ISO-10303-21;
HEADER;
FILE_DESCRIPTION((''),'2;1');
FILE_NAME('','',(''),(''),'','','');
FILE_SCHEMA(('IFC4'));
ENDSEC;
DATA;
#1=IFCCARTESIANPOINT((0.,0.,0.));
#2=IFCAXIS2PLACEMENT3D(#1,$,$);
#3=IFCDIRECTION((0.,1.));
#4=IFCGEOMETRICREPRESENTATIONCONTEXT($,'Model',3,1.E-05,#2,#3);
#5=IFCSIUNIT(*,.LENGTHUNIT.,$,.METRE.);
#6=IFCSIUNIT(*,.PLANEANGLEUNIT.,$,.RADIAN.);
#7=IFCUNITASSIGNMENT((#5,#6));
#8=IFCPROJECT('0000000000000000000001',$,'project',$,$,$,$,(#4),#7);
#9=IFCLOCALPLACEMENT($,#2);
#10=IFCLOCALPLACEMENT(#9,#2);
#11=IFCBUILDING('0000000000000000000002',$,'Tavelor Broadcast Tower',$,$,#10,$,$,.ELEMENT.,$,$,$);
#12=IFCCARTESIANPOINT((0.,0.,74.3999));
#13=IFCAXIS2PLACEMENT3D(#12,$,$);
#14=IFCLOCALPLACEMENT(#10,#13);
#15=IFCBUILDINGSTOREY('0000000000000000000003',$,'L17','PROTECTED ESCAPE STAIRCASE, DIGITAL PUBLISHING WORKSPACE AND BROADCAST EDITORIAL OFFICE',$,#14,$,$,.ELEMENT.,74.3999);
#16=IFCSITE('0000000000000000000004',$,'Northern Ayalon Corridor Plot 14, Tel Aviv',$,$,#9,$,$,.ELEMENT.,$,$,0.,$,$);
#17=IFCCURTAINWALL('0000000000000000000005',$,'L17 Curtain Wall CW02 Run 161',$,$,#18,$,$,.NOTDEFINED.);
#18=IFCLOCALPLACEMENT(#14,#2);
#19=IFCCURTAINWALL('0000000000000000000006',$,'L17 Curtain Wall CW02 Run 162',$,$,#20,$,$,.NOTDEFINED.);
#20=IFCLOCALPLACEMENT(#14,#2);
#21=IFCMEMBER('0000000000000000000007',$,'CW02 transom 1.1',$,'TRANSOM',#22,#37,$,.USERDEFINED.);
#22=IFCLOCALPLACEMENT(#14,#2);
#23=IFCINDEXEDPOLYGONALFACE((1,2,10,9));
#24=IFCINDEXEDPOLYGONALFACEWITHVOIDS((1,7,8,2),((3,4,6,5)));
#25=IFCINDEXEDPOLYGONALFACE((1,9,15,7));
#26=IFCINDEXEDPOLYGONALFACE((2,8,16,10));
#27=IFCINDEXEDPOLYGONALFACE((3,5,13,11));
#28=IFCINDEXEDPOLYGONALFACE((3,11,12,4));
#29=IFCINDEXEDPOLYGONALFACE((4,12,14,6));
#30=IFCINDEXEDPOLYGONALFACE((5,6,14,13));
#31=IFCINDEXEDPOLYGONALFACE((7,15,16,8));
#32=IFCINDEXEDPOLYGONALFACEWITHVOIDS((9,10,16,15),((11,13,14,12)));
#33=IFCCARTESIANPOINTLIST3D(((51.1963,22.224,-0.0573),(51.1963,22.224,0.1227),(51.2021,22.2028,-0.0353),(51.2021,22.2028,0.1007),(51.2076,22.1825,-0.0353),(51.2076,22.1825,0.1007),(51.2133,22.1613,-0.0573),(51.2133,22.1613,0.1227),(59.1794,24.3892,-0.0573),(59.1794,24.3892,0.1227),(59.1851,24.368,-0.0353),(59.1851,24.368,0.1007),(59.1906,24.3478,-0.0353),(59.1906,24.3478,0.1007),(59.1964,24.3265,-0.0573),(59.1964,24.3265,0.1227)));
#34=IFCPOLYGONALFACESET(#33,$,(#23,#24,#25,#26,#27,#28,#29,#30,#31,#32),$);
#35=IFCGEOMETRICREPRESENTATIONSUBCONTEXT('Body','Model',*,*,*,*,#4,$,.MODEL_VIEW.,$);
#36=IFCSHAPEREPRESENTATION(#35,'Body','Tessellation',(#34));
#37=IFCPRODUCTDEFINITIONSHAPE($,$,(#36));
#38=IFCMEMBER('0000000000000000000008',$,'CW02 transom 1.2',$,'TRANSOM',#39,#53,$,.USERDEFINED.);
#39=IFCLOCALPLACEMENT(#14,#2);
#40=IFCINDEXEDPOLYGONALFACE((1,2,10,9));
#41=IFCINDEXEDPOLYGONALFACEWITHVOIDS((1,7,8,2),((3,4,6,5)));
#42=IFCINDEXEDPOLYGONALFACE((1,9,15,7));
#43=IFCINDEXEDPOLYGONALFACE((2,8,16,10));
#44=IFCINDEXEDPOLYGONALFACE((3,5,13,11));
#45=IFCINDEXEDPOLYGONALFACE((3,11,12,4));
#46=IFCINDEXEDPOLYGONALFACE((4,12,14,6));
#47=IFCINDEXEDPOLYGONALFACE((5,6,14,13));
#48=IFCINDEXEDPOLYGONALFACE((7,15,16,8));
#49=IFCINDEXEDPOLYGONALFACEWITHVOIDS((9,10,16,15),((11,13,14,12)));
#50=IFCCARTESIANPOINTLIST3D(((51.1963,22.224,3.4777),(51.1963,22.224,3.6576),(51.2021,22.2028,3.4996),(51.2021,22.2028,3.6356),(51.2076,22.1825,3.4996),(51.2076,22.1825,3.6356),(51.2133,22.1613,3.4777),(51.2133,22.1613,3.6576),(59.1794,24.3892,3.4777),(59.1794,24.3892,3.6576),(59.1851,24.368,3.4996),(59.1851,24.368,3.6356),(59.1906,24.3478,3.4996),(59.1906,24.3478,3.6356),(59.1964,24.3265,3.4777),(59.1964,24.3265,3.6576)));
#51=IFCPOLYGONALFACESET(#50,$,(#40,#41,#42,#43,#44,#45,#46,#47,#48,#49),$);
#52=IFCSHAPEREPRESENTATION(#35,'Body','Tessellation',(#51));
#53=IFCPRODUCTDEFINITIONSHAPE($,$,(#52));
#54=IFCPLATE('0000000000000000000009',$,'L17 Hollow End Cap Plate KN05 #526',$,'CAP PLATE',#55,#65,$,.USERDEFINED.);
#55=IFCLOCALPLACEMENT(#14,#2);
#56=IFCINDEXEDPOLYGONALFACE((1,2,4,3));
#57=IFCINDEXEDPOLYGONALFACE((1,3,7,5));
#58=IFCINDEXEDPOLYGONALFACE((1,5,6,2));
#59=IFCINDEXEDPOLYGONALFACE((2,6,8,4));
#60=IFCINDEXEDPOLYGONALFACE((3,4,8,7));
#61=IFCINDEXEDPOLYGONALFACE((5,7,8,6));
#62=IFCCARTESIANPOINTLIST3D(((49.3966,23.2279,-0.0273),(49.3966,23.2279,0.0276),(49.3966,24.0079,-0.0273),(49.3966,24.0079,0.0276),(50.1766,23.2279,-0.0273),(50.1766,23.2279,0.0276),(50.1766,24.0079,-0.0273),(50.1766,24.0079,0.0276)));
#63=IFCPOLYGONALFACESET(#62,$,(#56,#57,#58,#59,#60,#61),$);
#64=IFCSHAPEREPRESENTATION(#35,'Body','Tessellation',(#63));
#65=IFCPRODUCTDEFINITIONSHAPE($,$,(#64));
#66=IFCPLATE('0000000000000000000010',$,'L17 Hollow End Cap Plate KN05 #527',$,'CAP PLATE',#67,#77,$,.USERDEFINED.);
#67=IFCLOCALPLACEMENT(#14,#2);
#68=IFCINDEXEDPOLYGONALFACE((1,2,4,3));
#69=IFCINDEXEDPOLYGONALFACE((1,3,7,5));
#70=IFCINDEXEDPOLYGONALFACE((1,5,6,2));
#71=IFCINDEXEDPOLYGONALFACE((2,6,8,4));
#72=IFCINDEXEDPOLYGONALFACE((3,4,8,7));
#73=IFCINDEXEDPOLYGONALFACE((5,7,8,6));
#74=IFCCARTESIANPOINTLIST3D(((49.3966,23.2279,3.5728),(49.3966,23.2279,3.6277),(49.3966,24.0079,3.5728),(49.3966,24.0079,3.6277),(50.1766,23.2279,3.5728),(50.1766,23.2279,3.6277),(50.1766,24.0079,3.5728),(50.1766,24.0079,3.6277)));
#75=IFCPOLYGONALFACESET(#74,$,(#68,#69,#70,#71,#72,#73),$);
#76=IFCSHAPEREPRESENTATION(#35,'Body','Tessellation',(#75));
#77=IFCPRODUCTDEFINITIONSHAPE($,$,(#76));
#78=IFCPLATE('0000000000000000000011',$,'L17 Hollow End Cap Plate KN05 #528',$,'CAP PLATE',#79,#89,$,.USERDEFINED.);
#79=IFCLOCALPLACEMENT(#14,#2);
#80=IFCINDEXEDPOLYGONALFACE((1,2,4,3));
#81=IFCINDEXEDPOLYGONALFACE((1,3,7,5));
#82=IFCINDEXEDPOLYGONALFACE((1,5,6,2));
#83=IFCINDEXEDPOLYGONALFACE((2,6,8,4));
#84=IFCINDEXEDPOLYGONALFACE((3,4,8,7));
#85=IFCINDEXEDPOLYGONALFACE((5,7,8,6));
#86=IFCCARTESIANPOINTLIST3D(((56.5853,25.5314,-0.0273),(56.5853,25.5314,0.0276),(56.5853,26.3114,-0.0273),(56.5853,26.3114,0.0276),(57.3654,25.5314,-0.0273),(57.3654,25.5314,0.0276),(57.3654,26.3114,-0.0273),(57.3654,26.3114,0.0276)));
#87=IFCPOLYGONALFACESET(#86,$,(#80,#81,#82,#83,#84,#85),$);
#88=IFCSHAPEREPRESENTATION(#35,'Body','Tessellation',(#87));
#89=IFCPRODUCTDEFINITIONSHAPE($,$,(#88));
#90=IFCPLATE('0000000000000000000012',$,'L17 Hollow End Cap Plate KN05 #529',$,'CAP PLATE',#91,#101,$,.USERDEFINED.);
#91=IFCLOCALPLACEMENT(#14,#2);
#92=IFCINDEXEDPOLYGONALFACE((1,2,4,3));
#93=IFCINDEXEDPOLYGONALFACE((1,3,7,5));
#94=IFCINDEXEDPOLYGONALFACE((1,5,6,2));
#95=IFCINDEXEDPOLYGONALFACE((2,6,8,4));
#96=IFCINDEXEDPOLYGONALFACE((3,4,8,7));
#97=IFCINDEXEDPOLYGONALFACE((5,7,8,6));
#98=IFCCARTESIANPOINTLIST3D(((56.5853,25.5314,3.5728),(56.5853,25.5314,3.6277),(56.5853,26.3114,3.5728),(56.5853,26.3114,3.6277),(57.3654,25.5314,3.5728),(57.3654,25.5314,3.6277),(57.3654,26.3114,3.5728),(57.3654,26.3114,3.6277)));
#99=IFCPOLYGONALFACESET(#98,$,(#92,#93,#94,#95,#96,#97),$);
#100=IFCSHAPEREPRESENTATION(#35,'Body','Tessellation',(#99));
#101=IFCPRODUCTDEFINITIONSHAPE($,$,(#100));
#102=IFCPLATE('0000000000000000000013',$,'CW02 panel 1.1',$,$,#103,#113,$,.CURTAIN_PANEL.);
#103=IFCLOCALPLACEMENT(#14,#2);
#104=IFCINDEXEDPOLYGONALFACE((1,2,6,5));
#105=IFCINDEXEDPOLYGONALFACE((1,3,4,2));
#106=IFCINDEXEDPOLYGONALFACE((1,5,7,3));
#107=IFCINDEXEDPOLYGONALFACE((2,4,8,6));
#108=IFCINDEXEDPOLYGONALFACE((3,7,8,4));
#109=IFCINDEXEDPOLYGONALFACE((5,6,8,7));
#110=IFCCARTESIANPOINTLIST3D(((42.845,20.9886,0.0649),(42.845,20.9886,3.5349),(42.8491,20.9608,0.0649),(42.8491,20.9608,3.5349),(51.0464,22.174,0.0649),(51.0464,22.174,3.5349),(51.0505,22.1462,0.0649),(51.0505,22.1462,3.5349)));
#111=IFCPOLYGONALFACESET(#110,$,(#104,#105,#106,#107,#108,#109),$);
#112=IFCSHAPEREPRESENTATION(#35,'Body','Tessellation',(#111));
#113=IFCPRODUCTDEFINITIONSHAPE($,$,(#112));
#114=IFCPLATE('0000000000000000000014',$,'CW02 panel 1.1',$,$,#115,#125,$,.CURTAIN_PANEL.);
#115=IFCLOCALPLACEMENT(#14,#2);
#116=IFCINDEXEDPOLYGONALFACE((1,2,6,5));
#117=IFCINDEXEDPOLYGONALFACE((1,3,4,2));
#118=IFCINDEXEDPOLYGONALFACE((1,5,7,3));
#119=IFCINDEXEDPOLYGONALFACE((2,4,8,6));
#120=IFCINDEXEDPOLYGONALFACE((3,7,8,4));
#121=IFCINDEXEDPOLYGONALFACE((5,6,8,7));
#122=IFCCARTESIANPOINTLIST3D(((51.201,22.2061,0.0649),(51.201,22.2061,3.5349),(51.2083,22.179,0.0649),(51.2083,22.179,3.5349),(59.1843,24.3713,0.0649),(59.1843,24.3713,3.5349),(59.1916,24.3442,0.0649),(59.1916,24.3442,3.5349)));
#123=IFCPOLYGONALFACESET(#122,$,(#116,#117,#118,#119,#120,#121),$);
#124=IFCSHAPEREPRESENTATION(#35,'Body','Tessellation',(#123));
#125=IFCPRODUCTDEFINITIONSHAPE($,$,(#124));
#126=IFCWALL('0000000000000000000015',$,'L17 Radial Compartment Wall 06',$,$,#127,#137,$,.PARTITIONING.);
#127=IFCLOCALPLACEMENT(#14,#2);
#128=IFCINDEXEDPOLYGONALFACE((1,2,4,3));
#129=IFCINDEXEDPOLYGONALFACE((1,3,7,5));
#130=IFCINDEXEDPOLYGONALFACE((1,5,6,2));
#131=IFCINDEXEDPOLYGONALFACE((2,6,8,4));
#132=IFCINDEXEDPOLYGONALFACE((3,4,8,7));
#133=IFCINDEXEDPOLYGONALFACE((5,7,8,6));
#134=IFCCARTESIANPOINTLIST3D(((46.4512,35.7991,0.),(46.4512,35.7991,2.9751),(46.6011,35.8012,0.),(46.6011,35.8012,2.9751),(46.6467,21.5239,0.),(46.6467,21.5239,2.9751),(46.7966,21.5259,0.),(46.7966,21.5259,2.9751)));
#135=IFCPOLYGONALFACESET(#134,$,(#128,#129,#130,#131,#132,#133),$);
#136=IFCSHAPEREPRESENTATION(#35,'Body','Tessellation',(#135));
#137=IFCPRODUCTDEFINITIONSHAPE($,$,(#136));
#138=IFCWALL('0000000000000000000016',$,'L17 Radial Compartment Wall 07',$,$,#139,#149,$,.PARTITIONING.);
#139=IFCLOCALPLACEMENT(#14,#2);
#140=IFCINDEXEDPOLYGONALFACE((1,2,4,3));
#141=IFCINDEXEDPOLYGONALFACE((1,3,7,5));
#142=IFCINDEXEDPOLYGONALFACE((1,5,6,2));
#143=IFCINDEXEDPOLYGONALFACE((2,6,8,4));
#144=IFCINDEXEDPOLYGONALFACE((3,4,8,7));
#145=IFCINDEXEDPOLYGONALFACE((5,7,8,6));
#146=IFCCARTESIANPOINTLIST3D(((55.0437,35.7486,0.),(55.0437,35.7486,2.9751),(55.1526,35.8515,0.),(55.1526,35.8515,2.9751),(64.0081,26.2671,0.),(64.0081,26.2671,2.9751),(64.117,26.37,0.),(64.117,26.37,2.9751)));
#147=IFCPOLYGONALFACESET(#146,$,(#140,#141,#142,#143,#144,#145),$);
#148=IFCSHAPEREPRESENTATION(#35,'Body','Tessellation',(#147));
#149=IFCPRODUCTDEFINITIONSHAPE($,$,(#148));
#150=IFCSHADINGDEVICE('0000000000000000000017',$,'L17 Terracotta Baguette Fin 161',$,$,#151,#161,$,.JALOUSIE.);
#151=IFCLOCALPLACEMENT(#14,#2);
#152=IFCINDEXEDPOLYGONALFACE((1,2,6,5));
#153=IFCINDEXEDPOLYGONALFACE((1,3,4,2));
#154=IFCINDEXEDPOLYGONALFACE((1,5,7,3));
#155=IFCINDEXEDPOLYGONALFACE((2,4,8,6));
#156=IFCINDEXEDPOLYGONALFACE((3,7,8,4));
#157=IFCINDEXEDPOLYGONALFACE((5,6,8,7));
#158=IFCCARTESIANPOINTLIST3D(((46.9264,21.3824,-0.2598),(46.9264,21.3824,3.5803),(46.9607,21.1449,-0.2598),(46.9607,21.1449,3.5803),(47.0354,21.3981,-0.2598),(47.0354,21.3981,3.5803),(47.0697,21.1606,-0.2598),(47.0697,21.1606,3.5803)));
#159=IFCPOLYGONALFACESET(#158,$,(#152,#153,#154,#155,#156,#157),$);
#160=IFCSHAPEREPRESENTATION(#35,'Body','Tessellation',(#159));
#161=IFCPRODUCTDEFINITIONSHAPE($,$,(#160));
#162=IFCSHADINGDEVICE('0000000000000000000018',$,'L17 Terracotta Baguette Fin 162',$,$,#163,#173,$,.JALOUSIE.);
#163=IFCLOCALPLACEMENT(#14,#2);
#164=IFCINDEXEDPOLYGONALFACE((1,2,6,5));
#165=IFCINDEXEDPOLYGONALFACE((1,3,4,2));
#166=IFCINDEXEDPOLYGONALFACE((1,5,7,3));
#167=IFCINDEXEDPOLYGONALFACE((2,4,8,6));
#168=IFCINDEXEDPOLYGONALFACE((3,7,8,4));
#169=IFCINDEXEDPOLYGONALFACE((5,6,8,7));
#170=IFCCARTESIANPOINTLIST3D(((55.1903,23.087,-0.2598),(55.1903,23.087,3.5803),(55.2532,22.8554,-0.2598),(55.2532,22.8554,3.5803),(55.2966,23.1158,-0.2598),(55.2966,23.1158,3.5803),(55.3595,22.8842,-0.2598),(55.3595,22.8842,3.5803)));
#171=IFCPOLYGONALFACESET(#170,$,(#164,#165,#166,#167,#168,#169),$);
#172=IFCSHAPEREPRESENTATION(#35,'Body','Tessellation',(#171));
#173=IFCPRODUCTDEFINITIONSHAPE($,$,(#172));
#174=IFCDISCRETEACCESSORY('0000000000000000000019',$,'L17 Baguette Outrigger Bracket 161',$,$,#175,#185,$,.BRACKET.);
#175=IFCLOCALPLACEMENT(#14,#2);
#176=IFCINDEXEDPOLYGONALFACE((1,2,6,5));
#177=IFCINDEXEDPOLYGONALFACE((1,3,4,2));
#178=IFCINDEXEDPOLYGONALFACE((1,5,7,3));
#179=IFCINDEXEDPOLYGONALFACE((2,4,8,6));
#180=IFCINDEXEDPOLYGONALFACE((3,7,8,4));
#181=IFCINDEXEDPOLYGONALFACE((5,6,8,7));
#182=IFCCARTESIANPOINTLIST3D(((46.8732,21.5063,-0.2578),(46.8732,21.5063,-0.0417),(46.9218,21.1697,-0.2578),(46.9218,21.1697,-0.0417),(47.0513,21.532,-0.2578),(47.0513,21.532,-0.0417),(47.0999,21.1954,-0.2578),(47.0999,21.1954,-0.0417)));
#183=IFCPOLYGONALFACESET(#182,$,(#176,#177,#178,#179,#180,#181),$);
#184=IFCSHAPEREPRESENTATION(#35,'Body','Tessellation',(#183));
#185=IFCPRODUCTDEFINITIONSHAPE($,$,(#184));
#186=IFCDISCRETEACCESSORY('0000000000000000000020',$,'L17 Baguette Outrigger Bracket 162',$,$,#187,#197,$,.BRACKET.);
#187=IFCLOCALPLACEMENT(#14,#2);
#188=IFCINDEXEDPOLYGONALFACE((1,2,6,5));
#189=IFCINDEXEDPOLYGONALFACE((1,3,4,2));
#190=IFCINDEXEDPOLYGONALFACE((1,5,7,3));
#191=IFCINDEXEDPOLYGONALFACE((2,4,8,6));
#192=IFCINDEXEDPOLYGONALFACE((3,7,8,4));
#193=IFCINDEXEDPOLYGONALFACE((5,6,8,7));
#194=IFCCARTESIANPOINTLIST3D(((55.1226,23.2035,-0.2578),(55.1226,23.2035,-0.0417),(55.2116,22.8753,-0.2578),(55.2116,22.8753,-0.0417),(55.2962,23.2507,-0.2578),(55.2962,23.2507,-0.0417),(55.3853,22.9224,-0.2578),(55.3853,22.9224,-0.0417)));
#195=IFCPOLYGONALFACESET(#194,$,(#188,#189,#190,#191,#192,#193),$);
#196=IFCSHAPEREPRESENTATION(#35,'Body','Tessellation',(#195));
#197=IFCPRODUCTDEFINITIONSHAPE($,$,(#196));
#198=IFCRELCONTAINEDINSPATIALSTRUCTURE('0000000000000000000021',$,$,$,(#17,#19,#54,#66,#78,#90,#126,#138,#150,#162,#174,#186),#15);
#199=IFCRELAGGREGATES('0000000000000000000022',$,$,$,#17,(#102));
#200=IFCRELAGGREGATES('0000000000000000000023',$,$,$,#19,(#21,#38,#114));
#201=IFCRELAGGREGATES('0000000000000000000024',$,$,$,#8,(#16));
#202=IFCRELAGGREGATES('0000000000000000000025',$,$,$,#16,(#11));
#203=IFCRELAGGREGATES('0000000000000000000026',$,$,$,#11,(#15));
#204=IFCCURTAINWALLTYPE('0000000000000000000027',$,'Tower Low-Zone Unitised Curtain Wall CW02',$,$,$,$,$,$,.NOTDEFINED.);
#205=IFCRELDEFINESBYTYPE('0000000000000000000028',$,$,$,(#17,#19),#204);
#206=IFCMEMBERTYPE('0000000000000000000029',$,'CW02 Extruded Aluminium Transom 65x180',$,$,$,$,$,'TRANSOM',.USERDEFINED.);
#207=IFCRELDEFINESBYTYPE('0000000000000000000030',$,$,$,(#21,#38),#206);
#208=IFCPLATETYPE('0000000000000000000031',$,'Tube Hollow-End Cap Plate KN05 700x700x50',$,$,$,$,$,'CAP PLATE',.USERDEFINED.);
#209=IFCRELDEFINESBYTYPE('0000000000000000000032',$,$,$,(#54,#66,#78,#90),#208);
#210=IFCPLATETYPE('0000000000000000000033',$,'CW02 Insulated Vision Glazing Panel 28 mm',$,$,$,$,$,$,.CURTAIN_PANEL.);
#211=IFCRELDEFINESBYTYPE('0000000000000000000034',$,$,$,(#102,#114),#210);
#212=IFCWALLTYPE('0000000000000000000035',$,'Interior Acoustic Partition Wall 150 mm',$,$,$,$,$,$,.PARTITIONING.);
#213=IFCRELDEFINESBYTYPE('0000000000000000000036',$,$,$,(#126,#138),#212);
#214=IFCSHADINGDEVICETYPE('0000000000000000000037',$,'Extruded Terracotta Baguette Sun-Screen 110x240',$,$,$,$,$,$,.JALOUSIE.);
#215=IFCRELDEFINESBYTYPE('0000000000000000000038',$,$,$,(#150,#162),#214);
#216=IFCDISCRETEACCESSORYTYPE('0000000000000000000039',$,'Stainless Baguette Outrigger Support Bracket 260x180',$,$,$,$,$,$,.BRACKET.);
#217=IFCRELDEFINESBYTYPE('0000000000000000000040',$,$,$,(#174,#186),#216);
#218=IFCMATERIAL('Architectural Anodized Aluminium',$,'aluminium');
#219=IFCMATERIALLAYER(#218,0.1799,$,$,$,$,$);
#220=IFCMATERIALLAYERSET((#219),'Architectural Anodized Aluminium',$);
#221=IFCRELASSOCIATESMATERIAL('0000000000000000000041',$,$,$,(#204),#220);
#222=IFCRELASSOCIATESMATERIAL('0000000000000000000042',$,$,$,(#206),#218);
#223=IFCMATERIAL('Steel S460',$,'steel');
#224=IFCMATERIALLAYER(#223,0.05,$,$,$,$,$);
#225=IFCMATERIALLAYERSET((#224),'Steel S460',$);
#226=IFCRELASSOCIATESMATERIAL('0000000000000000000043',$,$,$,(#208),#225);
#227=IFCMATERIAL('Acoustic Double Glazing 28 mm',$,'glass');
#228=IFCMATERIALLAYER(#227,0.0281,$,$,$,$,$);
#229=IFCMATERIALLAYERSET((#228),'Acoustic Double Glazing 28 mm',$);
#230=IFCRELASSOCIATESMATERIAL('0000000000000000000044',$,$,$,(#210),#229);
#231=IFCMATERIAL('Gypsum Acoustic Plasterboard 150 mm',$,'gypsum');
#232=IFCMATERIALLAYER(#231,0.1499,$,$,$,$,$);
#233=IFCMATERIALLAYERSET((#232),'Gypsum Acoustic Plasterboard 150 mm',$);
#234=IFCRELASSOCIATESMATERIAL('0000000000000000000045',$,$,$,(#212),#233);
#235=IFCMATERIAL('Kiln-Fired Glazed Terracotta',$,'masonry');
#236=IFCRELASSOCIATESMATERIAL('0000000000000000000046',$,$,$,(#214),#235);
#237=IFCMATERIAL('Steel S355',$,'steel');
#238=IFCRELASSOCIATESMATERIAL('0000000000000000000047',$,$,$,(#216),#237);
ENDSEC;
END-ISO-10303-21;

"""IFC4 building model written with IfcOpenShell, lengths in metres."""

from ifc_helpers import new_model, si_unit, direction, frame, frame_2d, origin, origin_2d, place, context, subcontext, project, spatial, rectangle, hollow_rectangle, extrude, source, transform, mapped, material, layer, layer_set, material_profile, profile_set, type_object, type_shapes, element, aggregate, save


model = new_model("IFC4")

# Units and contexts
model_context = context("Model", 3, precision=1e-05, world=origin(), true_north=direction((0.0, 1.0)))
body_context = subcontext(model_context, "Body", "Model", "MODEL_VIEW")
ifc_project = project(units=[si_unit("LENGTHUNIT", "METRE"), si_unit("PLANEANGLEUNIT", "RADIAN")], contexts=[model_context])

# Site, building, storey
site_placement = place(None, origin())
site = spatial("IfcSite", under=ifc_project, at=site_placement, Name="Northern Ayalon Corridor Plot 14, Tel Aviv", CompositionType="ELEMENT", RefElevation=0.0)
building_placement = place(site_placement, origin())
building = spatial("IfcBuilding", under=site, at=building_placement, Name="Tavelor Broadcast Tower", CompositionType="ELEMENT")
storey_placement = place(building_placement, frame((0.0, 0.0, 74.3999)))
storey = spatial("IfcBuildingStorey", under=building, at=storey_placement, Name="L17", Description="PROTECTED ESCAPE STAIRCASE, DIGITAL PUBLISHING WORKSPACE AND BROADCAST EDITORIAL OFFICE", CompositionType="ELEMENT", Elevation=74.3999)

# Shared definitions
ifc_material_1 = material(Name="Steel S460", Category="steel")

# Shared definitions
ifc_material_2 = material(Name="Steel S355", Category="steel")

# Curtain wall
ifc_material_3 = material(Name="Architectural Anodized Aluminium", Category="aluminium")
ifc_layer_1 = layer(ifc_material_3, 0.1799)
ifc_layer_set_1 = layer_set([ifc_layer_1], Name="Architectural Anodized Aluminium")
curtain_wall_type = type_object("IfcCurtainWallType", Name="Tower Low-Zone Unitised Curtain Wall CW02", PredefinedType="NOTDEFINED", material=ifc_layer_set_1)
curtain_wall_1_placement = place(storey_placement, origin())
curtain_wall_1 = element("IfcCurtainWall", 1, at=curtain_wall_1_placement, inside=storey, type_object=curtain_wall_type, Name="L17 Curtain Wall CW02 Run 161", PredefinedType="NOTDEFINED")

# Curtain wall, members
curtain_wall_2_placement = place(storey_placement, origin())
curtain_wall_2 = element("IfcCurtainWall", 2, at=curtain_wall_2_placement, inside=storey, type_object=curtain_wall_type, Name="L17 Curtain Wall CW02 Run 162", PredefinedType="NOTDEFINED")
ifc_material_profile_1 = material_profile(ifc_material_3, hollow_rectangle(XDim=0.0649, YDim=0.1799, WallThickness=0.022, at=origin_2d()), Name="RHS 65x180x22")
ifc_profile_set_1 = profile_set([ifc_material_profile_1], Name="Architectural Anodized Aluminium")
member_type_1 = type_object("IfcMemberType", Name="CW02 Extruded Aluminium Transom 65x180", ElementType="TRANSOM", PredefinedType="USERDEFINED", material=ifc_profile_set_1)
shared_shape_1 = source(origin(), body_context, "Body", "SweptSolid", [
    extrude(hollow_rectangle(XDim=0.0649, YDim=0.1799, WallThickness=0.022, at=origin_2d()), origin(), (0.0, 0.0, 1.0), 8.2715),
])
type_shapes(member_type_1, [shared_shape_1])
member_1_placement = place(storey_placement, frame((51.2048, 22.1926, 0.0327), z_axis=(0.965129, 0.261774, 0.0), x_axis=(-0.261774, 0.965129, 0.0)))
member_1 = element("IfcMember", 3, at=member_1_placement, type_object=member_type_1, Name="CW02 transom 1.1", ObjectType="TRANSOM", PredefinedType="USERDEFINED", context=body_context, shape_type="MappedRepresentation", body=[
    mapped(shared_shape_1, transform((0.0, 0.0, 0.0), scale=1.0)),
])
member_2_placement = place(storey_placement, frame((51.2048, 22.1926, 3.5676), z_axis=(0.965129, 0.261774, 0.0), x_axis=(-0.261774, 0.965129, 0.0)))
member_2 = element("IfcMember", 4, at=member_2_placement, type_object=member_type_1, Name="CW02 transom 1.2", ObjectType="TRANSOM", PredefinedType="USERDEFINED", context=body_context, shape_type="MappedRepresentation", body=[
    mapped(shared_shape_1, transform((0.0, 0.0, 0.0), scale=1.0)),
])

# Plates
ifc_layer_2 = layer(ifc_material_1, 0.05)
ifc_layer_set_2 = layer_set([ifc_layer_2], Name="Steel S460")
plate_type_1 = type_object("IfcPlateType", Name="Tube Hollow-End Cap Plate KN05 700x700x50", ElementType="CAP PLATE", PredefinedType="USERDEFINED", material=ifc_layer_set_2)
shared_shape_2 = source(origin(), body_context, "Body", "SweptSolid", [
    extrude(rectangle(XDim=0.78, YDim=0.78, at=origin_2d()), origin(), (0.0, 0.0, 1.0), 0.0549),
])
type_shapes(plate_type_1, [shared_shape_2])
for number, where, z_axis, x_axis, name in (
    (5, (49.7866, 23.6179, -0.0273), (0.0, 0.0, 1.0), (1.0, 0.0, 0.0), "L17 Hollow End Cap Plate KN05 #526"),
    (6, (49.7866, 23.6179, 3.5728), (0.0, 0.0, 1.0), (1.0, 0.0, 0.0), "L17 Hollow End Cap Plate KN05 #527"),
    (7, (56.9753, 25.9214, -0.0273), (0.0, 0.0, 1.0), (1.0, 0.0, 0.0), "L17 Hollow End Cap Plate KN05 #528"),
    (8, (56.9753, 25.9214, 3.5728), (0.0, 0.0, 1.0), (1.0, 0.0, 0.0), "L17 Hollow End Cap Plate KN05 #529"),
):
    element("IfcPlate", number, at=place(storey_placement, frame(where, z_axis=z_axis, x_axis=x_axis)), inside=storey, type_object=plate_type_1, Name=name, ObjectType="CAP PLATE", PredefinedType="USERDEFINED", context=body_context, shape_type="MappedRepresentation", body=[
        mapped(shared_shape_2, transform((0.0, 0.0, 0.0), scale=1.0)),
    ])

# Plates
ifc_material_4 = material(Name="Acoustic Double Glazing 28 mm", Category="glass")
ifc_layer_3 = layer(ifc_material_4, 0.0281)
ifc_layer_set_3 = layer_set([ifc_layer_3], Name="Acoustic Double Glazing 28 mm")
plate_type_2 = type_object("IfcPlateType", Name="CW02 Insulated Vision Glazing Panel 28 mm", PredefinedType="CURTAIN_PANEL", material=ifc_layer_set_3)
shared_shape_3 = source(origin(), body_context, "Body", "SweptSolid", [
    extrude(rectangle(XDim=8.2866, YDim=0.0281, at=origin_2d()), origin(), (0.0, 0.0, 1.0), 3.47),
])
plate_1_placement = place(storey_placement, frame((46.9478, 21.5674, 0.0649), z_axis=(0.0, 0.0, 1.0), x_axis=(0.989716, 0.14305, 0.0)))
plate_1 = element("IfcPlate", 9, at=plate_1_placement, type_object=plate_type_2, Name="CW02 panel 1.1", PredefinedType="CURTAIN_PANEL", context=body_context, shape_type="MappedRepresentation", body=[
    mapped(shared_shape_3, transform((0.0, 0.0, 0.0), scale=1.0)),
])
aggregate(curtain_wall_1, [plate_1])
shared_shape_4 = source(origin(), body_context, "Body", "SweptSolid", [
    extrude(rectangle(XDim=8.2717, YDim=0.0281, at=origin_2d()), origin(), (0.0, 0.0, 1.0), 3.47),
])
type_shapes(plate_type_2, [shared_shape_3, shared_shape_4])
plate_2_placement = place(storey_placement, frame((55.1963, 23.2751, 0.0649), z_axis=(0.0, 0.0, 1.0), x_axis=(0.96513, 0.26177, 0.0)))
plate_2 = element("IfcPlate", 10, at=plate_2_placement, type_object=plate_type_2, Name="CW02 panel 1.1", PredefinedType="CURTAIN_PANEL", context=body_context, shape_type="MappedRepresentation", body=[
    mapped(shared_shape_4, transform((0.0, 0.0, 0.0), scale=1.0)),
])
aggregate(curtain_wall_2, [member_1, member_2, plate_2])

# Walls
ifc_material_5 = material(Name="Gypsum Acoustic Plasterboard 150 mm", Category="gypsum")
ifc_layer_4 = layer(ifc_material_5, 0.1499)
ifc_layer_set_4 = layer_set([ifc_layer_4], Name="Gypsum Acoustic Plasterboard 150 mm")
wall_type = type_object("IfcWallType", Name="Interior Acoustic Partition Wall 150 mm", PredefinedType="PARTITIONING", material=ifc_layer_set_4)
wall_1_placement = place(storey_placement, frame((46.5261, 35.8, 0.0), z_axis=(0.0, 0.0, 1.0), x_axis=(0.013698, -0.999906, 0.0)))
element("IfcWall", 11, at=wall_1_placement, inside=storey, type_object=wall_type, Name="L17 Radial Compartment Wall 06", PredefinedType="PARTITIONING", context=body_context, shape_type="SweptSolid", body=[
    extrude(rectangle(XDim=14.2766, YDim=0.1499, at=frame_2d((7.1382, 0.0))), origin(), (0.0, 0.0, 1.0), 2.9751),
])
wall_2_placement = place(storey_placement, frame((55.0981, 35.8, 0.0), z_axis=(0.0, 0.0, 1.0), x_axis=(0.687015, -0.726644, 0.0)))
element("IfcWall", 12, at=wall_2_placement, inside=storey, type_object=wall_type, Name="L17 Radial Compartment Wall 07", PredefinedType="PARTITIONING", context=body_context, shape_type="SweptSolid", body=[
    extrude(rectangle(XDim=13.0483, YDim=0.1499, at=frame_2d((6.5242, 0.0))), origin(), (0.0, 0.0, 1.0), 2.9751),
])

# Shading devices
ifc_material_6 = material(Name="Kiln-Fired Glazed Terracotta", Category="masonry")
shading_device_type = type_object("IfcShadingDeviceType", Name="Extruded Terracotta Baguette Sun-Screen 110x240", PredefinedType="JALOUSIE", material=ifc_material_6)
shared_shape_5 = source(origin(), body_context, "Body", "SweptSolid", [
    extrude(rectangle(XDim=0.1101, YDim=0.24, at=origin_2d()), origin(), (0.0, 0.0, 1.0), 3.8401),
])
type_shapes(shading_device_type, [shared_shape_5])
for number, where, z_axis, x_axis, name in (
    (13, (46.998, 21.2715, -0.2598), (0.0, 0.0, 1.0), (0.989726, 0.142974, 0.0), "L17 Terracotta Baguette Fin 161"),
    (14, (55.2749, 22.9856, -0.2598), (0.0, 0.0, 1.0), (0.965108, 0.261852, 0.0), "L17 Terracotta Baguette Fin 162"),
):
    element("IfcShadingDevice", number, at=place(storey_placement, frame(where, z_axis=z_axis, x_axis=x_axis)), inside=storey, type_object=shading_device_type, Name=name, PredefinedType="JALOUSIE", context=body_context, shape_type="MappedRepresentation", body=[
        mapped(shared_shape_5, transform((0.0, 0.0, 0.0), scale=1.0)),
    ])

# Discrete accessories
discrete_accessory_type = type_object("IfcDiscreteAccessoryType", Name="Stainless Baguette Outrigger Support Bracket 260x180", PredefinedType="BRACKET", material=ifc_material_2)
shared_shape_6 = source(origin(), body_context, "Body", "SweptSolid", [
    extrude(rectangle(XDim=0.1799, YDim=0.3401, at=origin_2d()), origin(), (0.0, 0.0, 1.0), 0.2161),
])
type_shapes(discrete_accessory_type, [shared_shape_6])
for number, where, z_axis, x_axis, name in (
    (15, (46.9866, 21.3508, -0.2578), (0.0, 0.0, 1.0), (0.989726, 0.142974, 0.0), "L17 Baguette Outrigger Bracket 161"),
    (16, (55.2539, 23.063, -0.2578), (0.0, 0.0, 1.0), (0.965108, 0.261852, 0.0), "L17 Baguette Outrigger Bracket 162"),
):
    element("IfcDiscreteAccessory", number, at=place(storey_placement, frame(where, z_axis=z_axis, x_axis=x_axis)), inside=storey, type_object=discrete_accessory_type, Name=name, PredefinedType="BRACKET", context=body_context, shape_type="MappedRepresentation", body=[
        mapped(shared_shape_6, transform((0.0, 0.0, 0.0), scale=1.0)),
    ])

save(model, "model.ifc")
